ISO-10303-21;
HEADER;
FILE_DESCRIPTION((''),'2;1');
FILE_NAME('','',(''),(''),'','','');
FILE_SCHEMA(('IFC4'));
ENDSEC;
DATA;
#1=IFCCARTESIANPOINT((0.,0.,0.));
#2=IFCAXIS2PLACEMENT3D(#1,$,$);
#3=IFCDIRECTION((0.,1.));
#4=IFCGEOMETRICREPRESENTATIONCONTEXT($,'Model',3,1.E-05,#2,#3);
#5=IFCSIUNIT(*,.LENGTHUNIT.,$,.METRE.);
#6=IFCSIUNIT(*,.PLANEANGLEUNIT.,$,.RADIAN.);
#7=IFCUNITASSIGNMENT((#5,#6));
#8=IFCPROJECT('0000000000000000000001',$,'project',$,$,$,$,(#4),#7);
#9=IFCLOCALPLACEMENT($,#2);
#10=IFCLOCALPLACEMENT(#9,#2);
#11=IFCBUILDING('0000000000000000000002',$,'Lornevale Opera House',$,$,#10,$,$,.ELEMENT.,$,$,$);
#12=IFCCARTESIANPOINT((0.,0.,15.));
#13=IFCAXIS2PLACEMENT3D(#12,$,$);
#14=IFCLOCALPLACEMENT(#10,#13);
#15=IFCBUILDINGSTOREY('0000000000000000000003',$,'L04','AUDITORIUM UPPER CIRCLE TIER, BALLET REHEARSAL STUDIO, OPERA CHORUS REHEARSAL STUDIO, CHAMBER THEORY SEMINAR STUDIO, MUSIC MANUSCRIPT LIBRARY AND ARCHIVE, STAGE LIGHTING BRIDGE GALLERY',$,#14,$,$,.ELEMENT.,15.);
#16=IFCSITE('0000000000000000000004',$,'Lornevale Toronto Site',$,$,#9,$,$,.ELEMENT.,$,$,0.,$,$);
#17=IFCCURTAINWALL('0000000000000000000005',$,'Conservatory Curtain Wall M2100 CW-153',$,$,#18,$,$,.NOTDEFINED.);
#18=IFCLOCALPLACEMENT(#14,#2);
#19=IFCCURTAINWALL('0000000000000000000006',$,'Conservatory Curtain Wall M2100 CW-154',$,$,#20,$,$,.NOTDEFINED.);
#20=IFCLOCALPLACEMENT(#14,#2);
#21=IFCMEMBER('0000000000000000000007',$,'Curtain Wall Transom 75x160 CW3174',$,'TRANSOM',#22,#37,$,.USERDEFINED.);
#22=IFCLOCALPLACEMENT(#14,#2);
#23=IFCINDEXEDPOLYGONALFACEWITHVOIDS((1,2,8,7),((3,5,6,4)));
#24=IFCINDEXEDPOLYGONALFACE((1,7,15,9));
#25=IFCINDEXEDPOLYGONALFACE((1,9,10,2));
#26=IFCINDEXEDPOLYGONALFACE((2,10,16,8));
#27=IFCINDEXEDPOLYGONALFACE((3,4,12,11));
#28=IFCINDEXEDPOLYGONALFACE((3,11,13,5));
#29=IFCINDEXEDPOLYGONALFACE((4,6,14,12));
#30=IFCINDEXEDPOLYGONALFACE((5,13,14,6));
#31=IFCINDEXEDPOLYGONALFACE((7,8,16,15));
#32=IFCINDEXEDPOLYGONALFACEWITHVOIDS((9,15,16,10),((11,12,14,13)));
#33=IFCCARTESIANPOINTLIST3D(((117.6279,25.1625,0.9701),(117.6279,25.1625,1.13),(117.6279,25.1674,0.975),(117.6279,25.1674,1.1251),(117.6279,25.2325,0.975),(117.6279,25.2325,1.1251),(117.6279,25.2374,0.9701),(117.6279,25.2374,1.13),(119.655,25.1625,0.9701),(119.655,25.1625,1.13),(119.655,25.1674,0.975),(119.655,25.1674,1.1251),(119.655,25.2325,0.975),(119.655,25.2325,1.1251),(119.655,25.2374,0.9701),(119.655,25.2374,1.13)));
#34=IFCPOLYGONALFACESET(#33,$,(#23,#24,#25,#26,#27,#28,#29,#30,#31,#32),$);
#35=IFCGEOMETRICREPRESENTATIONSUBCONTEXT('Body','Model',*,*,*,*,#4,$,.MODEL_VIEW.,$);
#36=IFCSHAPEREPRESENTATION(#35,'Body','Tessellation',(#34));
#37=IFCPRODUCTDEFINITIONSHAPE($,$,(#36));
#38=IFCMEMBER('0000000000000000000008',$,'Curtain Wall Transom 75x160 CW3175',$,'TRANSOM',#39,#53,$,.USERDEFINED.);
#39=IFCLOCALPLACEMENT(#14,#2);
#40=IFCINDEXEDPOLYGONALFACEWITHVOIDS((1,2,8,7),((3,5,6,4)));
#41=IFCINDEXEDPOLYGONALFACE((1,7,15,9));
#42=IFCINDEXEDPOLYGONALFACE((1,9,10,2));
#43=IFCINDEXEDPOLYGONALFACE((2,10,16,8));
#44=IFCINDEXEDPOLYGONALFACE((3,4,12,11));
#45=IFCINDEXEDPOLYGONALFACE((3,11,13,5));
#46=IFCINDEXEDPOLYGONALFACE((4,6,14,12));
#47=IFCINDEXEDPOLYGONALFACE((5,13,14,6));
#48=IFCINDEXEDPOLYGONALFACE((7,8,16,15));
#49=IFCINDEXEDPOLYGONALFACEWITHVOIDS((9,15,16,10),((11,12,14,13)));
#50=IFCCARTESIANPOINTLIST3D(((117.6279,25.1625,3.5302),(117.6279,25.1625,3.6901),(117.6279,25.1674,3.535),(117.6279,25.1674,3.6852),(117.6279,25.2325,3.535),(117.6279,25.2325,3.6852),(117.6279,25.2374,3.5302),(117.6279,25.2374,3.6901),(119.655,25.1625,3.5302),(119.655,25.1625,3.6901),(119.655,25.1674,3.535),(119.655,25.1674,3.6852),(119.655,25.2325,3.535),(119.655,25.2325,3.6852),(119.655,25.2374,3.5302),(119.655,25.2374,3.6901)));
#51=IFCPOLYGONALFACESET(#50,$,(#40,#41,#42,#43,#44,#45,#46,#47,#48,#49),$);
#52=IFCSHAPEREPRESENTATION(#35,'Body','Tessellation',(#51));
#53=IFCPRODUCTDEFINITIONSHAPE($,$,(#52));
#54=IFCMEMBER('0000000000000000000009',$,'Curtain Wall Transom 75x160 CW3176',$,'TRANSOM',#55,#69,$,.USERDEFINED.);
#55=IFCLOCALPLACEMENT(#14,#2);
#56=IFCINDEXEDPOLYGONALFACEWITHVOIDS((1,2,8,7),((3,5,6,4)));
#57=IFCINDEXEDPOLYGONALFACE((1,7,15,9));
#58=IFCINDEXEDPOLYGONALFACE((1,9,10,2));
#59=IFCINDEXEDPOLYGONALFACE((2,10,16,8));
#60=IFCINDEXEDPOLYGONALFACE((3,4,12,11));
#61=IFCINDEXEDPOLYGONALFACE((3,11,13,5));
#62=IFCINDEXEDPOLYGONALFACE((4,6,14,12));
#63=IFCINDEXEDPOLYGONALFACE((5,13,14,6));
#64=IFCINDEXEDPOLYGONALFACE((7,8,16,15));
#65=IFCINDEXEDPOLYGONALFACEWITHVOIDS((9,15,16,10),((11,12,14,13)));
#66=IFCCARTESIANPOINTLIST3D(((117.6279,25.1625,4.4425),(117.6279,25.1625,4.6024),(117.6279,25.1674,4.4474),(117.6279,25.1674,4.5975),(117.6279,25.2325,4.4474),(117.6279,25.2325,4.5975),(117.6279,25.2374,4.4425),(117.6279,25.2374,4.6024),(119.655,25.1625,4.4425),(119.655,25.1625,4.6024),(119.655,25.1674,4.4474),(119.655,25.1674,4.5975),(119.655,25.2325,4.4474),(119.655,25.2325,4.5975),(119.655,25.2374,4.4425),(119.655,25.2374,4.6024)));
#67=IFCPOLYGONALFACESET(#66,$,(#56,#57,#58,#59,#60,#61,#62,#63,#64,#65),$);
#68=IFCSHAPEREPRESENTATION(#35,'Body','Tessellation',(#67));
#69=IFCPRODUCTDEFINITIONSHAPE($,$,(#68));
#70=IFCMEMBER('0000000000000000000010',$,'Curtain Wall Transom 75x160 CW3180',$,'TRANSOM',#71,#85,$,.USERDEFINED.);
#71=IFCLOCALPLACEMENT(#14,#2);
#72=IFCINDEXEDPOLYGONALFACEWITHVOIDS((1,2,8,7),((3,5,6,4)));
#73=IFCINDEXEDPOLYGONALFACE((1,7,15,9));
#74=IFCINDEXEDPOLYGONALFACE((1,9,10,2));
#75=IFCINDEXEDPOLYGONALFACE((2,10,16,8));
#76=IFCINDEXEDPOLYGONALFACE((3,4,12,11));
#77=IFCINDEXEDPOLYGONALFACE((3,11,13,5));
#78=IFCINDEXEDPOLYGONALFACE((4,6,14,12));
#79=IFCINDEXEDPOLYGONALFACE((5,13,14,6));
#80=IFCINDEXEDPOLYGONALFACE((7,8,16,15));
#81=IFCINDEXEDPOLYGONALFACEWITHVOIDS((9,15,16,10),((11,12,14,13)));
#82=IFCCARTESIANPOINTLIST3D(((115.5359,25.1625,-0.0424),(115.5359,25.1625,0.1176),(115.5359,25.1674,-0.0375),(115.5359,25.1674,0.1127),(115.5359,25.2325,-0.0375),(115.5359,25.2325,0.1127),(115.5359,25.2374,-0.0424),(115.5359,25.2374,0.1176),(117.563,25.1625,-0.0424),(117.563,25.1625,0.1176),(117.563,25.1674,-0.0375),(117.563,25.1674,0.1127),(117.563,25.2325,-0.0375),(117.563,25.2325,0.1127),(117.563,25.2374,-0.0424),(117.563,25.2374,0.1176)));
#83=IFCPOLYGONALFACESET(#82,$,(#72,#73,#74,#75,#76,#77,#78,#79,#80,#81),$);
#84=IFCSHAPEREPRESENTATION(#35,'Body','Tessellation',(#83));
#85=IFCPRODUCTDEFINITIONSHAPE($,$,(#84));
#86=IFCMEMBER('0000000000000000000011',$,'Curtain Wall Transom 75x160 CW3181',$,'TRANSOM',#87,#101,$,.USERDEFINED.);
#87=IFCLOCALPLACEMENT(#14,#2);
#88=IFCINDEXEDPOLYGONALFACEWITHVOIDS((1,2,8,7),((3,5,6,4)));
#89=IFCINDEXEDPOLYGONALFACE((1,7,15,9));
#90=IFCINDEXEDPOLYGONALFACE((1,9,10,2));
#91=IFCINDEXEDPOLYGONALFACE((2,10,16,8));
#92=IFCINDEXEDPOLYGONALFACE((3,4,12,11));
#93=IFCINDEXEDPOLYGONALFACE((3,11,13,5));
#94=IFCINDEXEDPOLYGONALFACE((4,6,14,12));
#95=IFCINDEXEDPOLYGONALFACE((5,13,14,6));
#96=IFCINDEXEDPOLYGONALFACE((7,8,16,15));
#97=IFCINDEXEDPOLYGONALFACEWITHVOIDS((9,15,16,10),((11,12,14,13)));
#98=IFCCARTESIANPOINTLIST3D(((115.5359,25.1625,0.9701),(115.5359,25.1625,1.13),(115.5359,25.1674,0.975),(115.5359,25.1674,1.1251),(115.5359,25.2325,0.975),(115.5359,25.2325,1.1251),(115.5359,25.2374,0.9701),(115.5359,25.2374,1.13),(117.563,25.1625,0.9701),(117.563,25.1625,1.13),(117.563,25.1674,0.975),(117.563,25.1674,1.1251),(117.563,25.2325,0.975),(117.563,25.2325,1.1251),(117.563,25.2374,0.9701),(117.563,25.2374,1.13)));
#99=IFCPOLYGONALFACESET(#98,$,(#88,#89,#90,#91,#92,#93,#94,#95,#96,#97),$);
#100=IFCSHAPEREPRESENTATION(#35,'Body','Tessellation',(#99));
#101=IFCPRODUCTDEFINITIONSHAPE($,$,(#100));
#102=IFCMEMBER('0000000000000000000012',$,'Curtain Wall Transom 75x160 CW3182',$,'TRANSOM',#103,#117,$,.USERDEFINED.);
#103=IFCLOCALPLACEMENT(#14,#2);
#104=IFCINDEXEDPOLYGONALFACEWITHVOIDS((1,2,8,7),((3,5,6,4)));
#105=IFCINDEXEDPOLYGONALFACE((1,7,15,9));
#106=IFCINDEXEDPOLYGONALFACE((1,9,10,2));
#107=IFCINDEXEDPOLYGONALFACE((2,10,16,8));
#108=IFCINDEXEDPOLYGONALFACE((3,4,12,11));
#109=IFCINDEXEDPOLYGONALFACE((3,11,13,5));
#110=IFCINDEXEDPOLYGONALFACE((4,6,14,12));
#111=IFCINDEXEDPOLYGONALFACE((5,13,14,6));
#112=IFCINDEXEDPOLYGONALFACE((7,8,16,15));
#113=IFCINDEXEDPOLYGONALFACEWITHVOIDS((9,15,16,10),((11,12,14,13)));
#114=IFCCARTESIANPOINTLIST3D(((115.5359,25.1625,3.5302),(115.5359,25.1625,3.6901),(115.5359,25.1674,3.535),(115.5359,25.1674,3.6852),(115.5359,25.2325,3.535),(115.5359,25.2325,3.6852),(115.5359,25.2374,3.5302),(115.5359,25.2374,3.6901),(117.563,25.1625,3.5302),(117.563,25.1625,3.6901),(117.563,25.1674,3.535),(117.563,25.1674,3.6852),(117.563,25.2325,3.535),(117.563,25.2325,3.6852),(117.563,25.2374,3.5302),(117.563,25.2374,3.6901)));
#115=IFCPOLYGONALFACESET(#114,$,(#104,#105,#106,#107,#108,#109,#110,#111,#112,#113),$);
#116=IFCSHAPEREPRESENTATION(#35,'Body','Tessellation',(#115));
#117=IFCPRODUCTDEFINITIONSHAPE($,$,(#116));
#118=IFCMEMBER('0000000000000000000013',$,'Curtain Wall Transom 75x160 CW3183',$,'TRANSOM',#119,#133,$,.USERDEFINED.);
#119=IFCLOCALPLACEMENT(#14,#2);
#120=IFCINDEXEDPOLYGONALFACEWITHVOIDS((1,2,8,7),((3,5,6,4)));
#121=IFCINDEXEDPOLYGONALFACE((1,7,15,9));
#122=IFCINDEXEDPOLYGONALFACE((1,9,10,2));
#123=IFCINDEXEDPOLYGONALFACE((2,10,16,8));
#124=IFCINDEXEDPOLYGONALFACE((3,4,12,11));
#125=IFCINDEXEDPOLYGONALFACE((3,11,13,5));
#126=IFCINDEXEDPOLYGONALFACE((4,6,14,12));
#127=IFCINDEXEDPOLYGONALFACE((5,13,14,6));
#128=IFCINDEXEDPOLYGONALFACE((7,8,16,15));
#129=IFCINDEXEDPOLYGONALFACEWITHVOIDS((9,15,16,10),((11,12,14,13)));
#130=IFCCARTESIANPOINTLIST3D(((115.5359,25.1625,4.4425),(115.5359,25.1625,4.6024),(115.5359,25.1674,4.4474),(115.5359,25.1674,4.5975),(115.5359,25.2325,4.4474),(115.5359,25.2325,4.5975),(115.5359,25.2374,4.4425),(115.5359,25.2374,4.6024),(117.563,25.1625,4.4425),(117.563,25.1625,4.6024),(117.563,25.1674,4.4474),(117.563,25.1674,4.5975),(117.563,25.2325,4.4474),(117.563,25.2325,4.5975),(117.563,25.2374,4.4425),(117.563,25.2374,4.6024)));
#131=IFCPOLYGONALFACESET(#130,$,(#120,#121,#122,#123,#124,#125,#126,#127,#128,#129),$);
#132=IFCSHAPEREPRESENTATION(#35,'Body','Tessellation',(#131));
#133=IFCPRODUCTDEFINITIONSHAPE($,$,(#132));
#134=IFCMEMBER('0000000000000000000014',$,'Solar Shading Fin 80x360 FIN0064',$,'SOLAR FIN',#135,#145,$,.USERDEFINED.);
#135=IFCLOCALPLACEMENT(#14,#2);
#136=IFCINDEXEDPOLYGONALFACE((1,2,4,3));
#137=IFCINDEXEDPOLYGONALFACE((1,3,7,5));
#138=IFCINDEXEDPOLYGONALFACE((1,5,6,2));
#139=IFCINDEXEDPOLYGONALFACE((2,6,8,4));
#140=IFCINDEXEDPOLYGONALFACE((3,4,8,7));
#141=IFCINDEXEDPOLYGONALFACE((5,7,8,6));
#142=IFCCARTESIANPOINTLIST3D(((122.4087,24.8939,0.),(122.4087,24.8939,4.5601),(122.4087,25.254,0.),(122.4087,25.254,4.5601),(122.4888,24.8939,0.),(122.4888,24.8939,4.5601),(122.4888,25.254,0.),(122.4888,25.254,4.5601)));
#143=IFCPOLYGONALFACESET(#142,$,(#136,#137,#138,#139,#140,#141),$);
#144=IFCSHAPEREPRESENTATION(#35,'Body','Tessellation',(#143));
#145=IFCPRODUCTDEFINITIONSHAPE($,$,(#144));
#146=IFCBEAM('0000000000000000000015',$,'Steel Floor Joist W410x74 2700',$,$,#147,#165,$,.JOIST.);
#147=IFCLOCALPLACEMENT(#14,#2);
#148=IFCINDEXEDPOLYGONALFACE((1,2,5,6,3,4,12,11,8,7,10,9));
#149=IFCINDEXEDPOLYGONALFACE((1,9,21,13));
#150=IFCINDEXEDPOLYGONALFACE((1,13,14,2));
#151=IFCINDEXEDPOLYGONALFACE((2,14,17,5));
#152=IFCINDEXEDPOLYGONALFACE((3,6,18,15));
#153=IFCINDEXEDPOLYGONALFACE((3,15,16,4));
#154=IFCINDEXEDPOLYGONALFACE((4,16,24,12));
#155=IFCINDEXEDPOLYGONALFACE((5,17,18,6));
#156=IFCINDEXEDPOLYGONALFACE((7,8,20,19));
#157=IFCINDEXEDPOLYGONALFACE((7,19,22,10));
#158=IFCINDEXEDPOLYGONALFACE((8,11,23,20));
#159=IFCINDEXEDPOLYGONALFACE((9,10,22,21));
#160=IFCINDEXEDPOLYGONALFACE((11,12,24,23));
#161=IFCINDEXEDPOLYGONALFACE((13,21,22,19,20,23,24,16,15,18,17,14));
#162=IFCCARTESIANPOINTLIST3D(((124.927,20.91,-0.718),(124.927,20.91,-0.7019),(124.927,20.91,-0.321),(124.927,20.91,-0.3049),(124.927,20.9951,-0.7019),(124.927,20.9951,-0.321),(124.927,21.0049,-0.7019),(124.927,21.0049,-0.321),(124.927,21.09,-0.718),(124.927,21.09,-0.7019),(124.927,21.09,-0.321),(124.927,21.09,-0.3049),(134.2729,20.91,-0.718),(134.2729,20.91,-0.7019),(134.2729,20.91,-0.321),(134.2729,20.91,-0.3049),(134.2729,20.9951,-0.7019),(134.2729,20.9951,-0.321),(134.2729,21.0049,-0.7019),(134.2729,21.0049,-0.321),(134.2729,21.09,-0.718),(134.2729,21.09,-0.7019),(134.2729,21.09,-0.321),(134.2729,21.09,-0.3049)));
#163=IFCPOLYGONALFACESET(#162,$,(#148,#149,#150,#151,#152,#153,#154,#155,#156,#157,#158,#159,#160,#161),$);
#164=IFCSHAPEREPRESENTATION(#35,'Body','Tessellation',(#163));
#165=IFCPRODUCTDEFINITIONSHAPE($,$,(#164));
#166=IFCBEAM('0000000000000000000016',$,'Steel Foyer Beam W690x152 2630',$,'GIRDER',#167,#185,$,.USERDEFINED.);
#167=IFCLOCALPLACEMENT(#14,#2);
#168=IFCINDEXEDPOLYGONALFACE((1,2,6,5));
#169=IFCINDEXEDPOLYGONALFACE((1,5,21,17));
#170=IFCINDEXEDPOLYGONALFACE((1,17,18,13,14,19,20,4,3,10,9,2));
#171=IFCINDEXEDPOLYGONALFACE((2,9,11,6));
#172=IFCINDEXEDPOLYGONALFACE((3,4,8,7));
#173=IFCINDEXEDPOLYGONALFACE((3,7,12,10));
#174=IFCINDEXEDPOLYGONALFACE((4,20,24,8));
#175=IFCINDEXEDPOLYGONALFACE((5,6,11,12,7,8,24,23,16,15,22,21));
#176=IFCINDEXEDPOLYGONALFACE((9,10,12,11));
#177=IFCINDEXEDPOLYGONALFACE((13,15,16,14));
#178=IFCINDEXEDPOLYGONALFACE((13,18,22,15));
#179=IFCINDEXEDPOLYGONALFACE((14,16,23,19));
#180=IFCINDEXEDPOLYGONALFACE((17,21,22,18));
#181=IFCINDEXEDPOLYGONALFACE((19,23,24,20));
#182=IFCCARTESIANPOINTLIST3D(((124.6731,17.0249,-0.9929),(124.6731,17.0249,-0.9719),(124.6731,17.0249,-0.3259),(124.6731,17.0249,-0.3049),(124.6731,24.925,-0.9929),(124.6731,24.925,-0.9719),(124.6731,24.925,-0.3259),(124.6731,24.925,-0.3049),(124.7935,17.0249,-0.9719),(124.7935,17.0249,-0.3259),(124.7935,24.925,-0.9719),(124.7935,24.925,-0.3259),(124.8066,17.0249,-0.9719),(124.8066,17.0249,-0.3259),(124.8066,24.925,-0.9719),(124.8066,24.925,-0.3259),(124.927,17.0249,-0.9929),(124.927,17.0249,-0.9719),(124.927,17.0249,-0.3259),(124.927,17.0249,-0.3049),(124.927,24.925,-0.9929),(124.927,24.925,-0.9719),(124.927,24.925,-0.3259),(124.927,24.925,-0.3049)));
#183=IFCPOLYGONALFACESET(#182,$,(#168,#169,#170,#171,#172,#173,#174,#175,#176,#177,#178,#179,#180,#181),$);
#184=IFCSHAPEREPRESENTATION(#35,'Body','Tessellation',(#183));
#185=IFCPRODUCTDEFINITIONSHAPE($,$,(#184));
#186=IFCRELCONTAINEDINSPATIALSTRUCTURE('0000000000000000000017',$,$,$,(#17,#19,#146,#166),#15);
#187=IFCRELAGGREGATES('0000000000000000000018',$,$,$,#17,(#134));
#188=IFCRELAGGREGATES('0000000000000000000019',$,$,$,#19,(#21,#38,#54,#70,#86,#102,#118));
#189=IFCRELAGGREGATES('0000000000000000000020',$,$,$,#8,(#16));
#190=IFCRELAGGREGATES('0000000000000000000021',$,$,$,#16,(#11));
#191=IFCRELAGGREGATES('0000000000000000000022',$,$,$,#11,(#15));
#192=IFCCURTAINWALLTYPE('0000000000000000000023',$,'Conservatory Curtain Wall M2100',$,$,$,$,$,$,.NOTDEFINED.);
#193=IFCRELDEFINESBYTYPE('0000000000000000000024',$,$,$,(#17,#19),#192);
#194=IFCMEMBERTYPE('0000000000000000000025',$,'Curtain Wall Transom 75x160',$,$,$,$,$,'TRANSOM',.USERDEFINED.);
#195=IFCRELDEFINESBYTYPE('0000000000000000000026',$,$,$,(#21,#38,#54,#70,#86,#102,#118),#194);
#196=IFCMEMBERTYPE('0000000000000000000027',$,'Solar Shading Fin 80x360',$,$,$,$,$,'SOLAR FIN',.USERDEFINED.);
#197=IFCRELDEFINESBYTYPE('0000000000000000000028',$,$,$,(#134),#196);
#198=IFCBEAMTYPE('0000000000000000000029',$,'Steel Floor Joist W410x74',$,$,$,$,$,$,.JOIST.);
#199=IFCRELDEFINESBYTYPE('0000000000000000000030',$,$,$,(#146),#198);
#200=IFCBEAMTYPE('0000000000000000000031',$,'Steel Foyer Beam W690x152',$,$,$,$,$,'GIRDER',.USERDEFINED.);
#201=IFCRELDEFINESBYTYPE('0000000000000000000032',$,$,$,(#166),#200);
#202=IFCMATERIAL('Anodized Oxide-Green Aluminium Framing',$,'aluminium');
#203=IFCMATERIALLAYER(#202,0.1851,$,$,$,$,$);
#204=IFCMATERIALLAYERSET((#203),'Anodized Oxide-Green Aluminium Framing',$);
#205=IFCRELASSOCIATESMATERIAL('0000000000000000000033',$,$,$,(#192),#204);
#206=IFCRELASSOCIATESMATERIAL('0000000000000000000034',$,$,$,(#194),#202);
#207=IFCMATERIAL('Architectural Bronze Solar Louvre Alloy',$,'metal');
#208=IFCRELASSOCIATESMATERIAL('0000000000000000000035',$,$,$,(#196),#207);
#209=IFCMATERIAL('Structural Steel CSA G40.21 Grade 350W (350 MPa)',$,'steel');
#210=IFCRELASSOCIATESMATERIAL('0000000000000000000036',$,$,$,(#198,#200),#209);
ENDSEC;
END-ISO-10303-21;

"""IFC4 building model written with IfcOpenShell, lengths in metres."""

from ifc_helpers import new_model, si_unit, direction, frame, origin, origin_2d, place, context, subcontext, project, spatial, rectangle, hollow_rectangle, i_section, extrude, material, layer, layer_set, material_profile, profile_set, type_object, element, aggregate, save


model = new_model("IFC4")

# Units and contexts
model_context = context("Model", 3, precision=1e-05, world=origin(), true_north=direction((0.0, 1.0)))
body_context = subcontext(model_context, "Body", "Model", "MODEL_VIEW")
ifc_project = project(units=[si_unit("LENGTHUNIT", "METRE"), si_unit("PLANEANGLEUNIT", "RADIAN")], contexts=[model_context])

# Site, building, storey
site_placement = place(None, origin())
site = spatial("IfcSite", under=ifc_project, at=site_placement, Name="Lornevale Toronto Site", CompositionType="ELEMENT", RefElevation=0.0)
building_placement = place(site_placement, origin())
building = spatial("IfcBuilding", under=site, at=building_placement, Name="Lornevale Opera House", CompositionType="ELEMENT")
storey_placement = place(building_placement, frame((0.0, 0.0, 15.0)))
storey = spatial("IfcBuildingStorey", under=building, at=storey_placement, Name="L04", Description="AUDITORIUM UPPER CIRCLE TIER, BALLET REHEARSAL STUDIO, OPERA CHORUS REHEARSAL STUDIO, CHAMBER THEORY SEMINAR STUDIO, MUSIC MANUSCRIPT LIBRARY AND ARCHIVE, STAGE LIGHTING BRIDGE GALLERY", CompositionType="ELEMENT", Elevation=15.0)

# Curtain walls
ifc_material_1 = material(Name="Anodized Oxide-Green Aluminium Framing", Category="aluminium")
ifc_layer_1 = layer(ifc_material_1, 0.1851)
ifc_layer_set_1 = layer_set([ifc_layer_1], Name="Anodized Oxide-Green Aluminium Framing")
curtain_wall_type = type_object("IfcCurtainWallType", Name="Conservatory Curtain Wall M2100", PredefinedType="NOTDEFINED", material=ifc_layer_set_1)
curtain_wall_1_placement = place(storey_placement, origin())
curtain_wall_1 = element("IfcCurtainWall", 1, at=curtain_wall_1_placement, inside=storey, type_object=curtain_wall_type, Name="Conservatory Curtain Wall M2100 CW-153", PredefinedType="NOTDEFINED")
curtain_wall_2_placement = place(storey_placement, origin())
curtain_wall_2 = element("IfcCurtainWall", 2, at=curtain_wall_2_placement, inside=storey, type_object=curtain_wall_type, Name="Conservatory Curtain Wall M2100 CW-154", PredefinedType="NOTDEFINED")

# Members
ifc_material_profile_1 = material_profile(ifc_material_1, hollow_rectangle(XDim=0.075, YDim=0.1599, WallThickness=0.0049, at=origin_2d()), Name="ALU75x160x5")
ifc_profile_set_1 = profile_set([ifc_material_profile_1], Name="Anodized Oxide-Green Aluminium Framing")
member_type_1 = type_object("IfcMemberType", Name="Curtain Wall Transom 75x160", ElementType="TRANSOM", PredefinedType="USERDEFINED", material=ifc_profile_set_1)
member_1_placement = place(storey_placement, frame((119.655, 25.2, 1.05), z_axis=(-1.0, 0.0, 0.0), x_axis=(0.0, -1.0, 0.0)))
member_1 = element("IfcMember", 3, at=member_1_placement, type_object=member_type_1, Name="Curtain Wall Transom 75x160 CW3174", ObjectType="TRANSOM", PredefinedType="USERDEFINED", context=body_context, shape_type="SweptSolid", body=[
    extrude(hollow_rectangle(XDim=0.075, YDim=0.1599, WallThickness=0.0049, at=origin_2d()), origin(), (0.0, 0.0, 1.0), 2.0271),
])
member_2_placement = place(storey_placement, frame((119.655, 25.2, 3.6101), z_axis=(-1.0, 0.0, 0.0), x_axis=(0.0, -1.0, 0.0)))
member_2 = element("IfcMember", 4, at=member_2_placement, type_object=member_type_1, Name="Curtain Wall Transom 75x160 CW3175", ObjectType="TRANSOM", PredefinedType="USERDEFINED", context=body_context, shape_type="SweptSolid", body=[
    extrude(hollow_rectangle(XDim=0.075, YDim=0.1599, WallThickness=0.0049, at=origin_2d()), origin(), (0.0, 0.0, 1.0), 2.0271),
])
member_3_placement = place(storey_placement, frame((119.655, 25.2, 4.5225), z_axis=(-1.0, 0.0, 0.0), x_axis=(0.0, -1.0, 0.0)))
member_3 = element("IfcMember", 5, at=member_3_placement, type_object=member_type_1, Name="Curtain Wall Transom 75x160 CW3176", ObjectType="TRANSOM", PredefinedType="USERDEFINED", context=body_context, shape_type="SweptSolid", body=[
    extrude(hollow_rectangle(XDim=0.075, YDim=0.1599, WallThickness=0.0049, at=origin_2d()), origin(), (0.0, 0.0, 1.0), 2.0271),
])
member_4_placement = place(storey_placement, frame((117.563, 25.2, 0.0376), z_axis=(-1.0, 0.0, 0.0), x_axis=(0.0, -1.0, 0.0)))
member_4 = element("IfcMember", 6, at=member_4_placement, type_object=member_type_1, Name="Curtain Wall Transom 75x160 CW3180", ObjectType="TRANSOM", PredefinedType="USERDEFINED", context=body_context, shape_type="SweptSolid", body=[
    extrude(hollow_rectangle(XDim=0.075, YDim=0.1599, WallThickness=0.0049, at=origin_2d()), origin(), (0.0, 0.0, 1.0), 2.0271),
])
member_5_placement = place(storey_placement, frame((117.563, 25.2, 1.05), z_axis=(-1.0, 0.0, 0.0), x_axis=(0.0, -1.0, 0.0)))
member_5 = element("IfcMember", 7, at=member_5_placement, type_object=member_type_1, Name="Curtain Wall Transom 75x160 CW3181", ObjectType="TRANSOM", PredefinedType="USERDEFINED", context=body_context, shape_type="SweptSolid", body=[
    extrude(hollow_rectangle(XDim=0.075, YDim=0.1599, WallThickness=0.0049, at=origin_2d()), origin(), (0.0, 0.0, 1.0), 2.0271),
])
member_6_placement = place(storey_placement, frame((117.563, 25.2, 3.6101), z_axis=(-1.0, 0.0, 0.0), x_axis=(0.0, -1.0, 0.0)))
member_6 = element("IfcMember", 8, at=member_6_placement, type_object=member_type_1, Name="Curtain Wall Transom 75x160 CW3182", ObjectType="TRANSOM", PredefinedType="USERDEFINED", context=body_context, shape_type="SweptSolid", body=[
    extrude(hollow_rectangle(XDim=0.075, YDim=0.1599, WallThickness=0.0049, at=origin_2d()), origin(), (0.0, 0.0, 1.0), 2.0271),
])
member_7_placement = place(storey_placement, frame((117.563, 25.2, 4.5225), z_axis=(-1.0, 0.0, 0.0), x_axis=(0.0, -1.0, 0.0)))
member_7 = element("IfcMember", 9, at=member_7_placement, type_object=member_type_1, Name="Curtain Wall Transom 75x160 CW3183", ObjectType="TRANSOM", PredefinedType="USERDEFINED", context=body_context, shape_type="SweptSolid", body=[
    extrude(hollow_rectangle(XDim=0.075, YDim=0.1599, WallThickness=0.0049, at=origin_2d()), origin(), (0.0, 0.0, 1.0), 2.0271),
])
ifc_material_2 = material(Name="Architectural Bronze Solar Louvre Alloy", Category="metal")
ifc_material_profile_2 = material_profile(ifc_material_2, rectangle(XDim=0.0801, YDim=0.3601, at=origin_2d()), Name="FIN80x360")
ifc_profile_set_2 = profile_set([ifc_material_profile_2], Name="Architectural Bronze Solar Louvre Alloy")
member_type_2 = type_object("IfcMemberType", Name="Solar Shading Fin 80x360", ElementType="SOLAR FIN", PredefinedType="USERDEFINED", material=ifc_profile_set_2)
member_8_placement = place(storey_placement, frame((122.4487, 25.074, 0.0), z_axis=(0.0, 0.0, 1.0), x_axis=(-1.0, 0.0, 0.0)))
member_8 = element("IfcMember", 10, at=member_8_placement, type_object=member_type_2, Name="Solar Shading Fin 80x360 FIN0064", ObjectType="SOLAR FIN", PredefinedType="USERDEFINED", context=body_context, shape_type="SweptSolid", body=[
    extrude(rectangle(XDim=0.0801, YDim=0.3601, at=origin_2d()), origin(), (0.0, 0.0, 1.0), 4.5601),
])

# Beams
ifc_material_3 = material(Name="Structural Steel CSA G40.21 Grade 350W (350 MPa)", Category="steel")
ifc_material_profile_3 = material_profile(ifc_material_3, i_section(OverallWidth=0.1799, OverallDepth=0.4131, WebThickness=0.0098, FlangeThickness=0.0161, at=origin_2d()), Name="W410x74")
ifc_profile_set_3 = profile_set([ifc_material_profile_3], Name="Structural Steel CSA G40.21 Grade 350W (350 MPa)")
beam_type_1 = type_object("IfcBeamType", Name="Steel Floor Joist W410x74", PredefinedType="JOIST", material=ifc_profile_set_3)
beam_1_placement = place(storey_placement, frame((124.927, 21.0, -0.5115), z_axis=(1.0, 0.0, 0.0), x_axis=(0.0, 1.0, 0.0)))
element("IfcBeam", 11, at=beam_1_placement, inside=storey, type_object=beam_type_1, Name="Steel Floor Joist W410x74 2700", PredefinedType="JOIST", context=body_context, shape_type="SweptSolid", body=[
    extrude(i_section(OverallWidth=0.1799, OverallDepth=0.4131, WebThickness=0.0098, FlangeThickness=0.0161, at=origin_2d()), origin(), (0.0, 0.0, 1.0), 9.3459),
])
ifc_material_profile_4 = material_profile(ifc_material_3, i_section(OverallWidth=0.2539, OverallDepth=0.688, WebThickness=0.0132, FlangeThickness=0.021, at=origin_2d()), Name="W690x152")
ifc_profile_set_4 = profile_set([ifc_material_profile_4], Name="Structural Steel CSA G40.21 Grade 350W (350 MPa)")
beam_type_2 = type_object("IfcBeamType", Name="Steel Foyer Beam W690x152", ElementType="GIRDER", PredefinedType="USERDEFINED", material=ifc_profile_set_4)
beam_2_placement = place(storey_placement, frame((124.8, 17.0249, -0.6489), z_axis=(0.0, 1.0, 0.0), x_axis=(-1.0, 0.0, 0.0)))
element("IfcBeam", 12, at=beam_2_placement, inside=storey, type_object=beam_type_2, Name="Steel Foyer Beam W690x152 2630", ObjectType="GIRDER", PredefinedType="USERDEFINED", context=body_context, shape_type="SweptSolid", body=[
    extrude(i_section(OverallWidth=0.2539, OverallDepth=0.688, WebThickness=0.0132, FlangeThickness=0.021, at=origin_2d()), origin(), (0.0, 0.0, 1.0), 7.9001),
])

aggregate(curtain_wall_1, [member_8])
aggregate(curtain_wall_2, [member_1, member_2, member_3, member_4, member_5, member_6, member_7])

save(model, "model.ifc")
